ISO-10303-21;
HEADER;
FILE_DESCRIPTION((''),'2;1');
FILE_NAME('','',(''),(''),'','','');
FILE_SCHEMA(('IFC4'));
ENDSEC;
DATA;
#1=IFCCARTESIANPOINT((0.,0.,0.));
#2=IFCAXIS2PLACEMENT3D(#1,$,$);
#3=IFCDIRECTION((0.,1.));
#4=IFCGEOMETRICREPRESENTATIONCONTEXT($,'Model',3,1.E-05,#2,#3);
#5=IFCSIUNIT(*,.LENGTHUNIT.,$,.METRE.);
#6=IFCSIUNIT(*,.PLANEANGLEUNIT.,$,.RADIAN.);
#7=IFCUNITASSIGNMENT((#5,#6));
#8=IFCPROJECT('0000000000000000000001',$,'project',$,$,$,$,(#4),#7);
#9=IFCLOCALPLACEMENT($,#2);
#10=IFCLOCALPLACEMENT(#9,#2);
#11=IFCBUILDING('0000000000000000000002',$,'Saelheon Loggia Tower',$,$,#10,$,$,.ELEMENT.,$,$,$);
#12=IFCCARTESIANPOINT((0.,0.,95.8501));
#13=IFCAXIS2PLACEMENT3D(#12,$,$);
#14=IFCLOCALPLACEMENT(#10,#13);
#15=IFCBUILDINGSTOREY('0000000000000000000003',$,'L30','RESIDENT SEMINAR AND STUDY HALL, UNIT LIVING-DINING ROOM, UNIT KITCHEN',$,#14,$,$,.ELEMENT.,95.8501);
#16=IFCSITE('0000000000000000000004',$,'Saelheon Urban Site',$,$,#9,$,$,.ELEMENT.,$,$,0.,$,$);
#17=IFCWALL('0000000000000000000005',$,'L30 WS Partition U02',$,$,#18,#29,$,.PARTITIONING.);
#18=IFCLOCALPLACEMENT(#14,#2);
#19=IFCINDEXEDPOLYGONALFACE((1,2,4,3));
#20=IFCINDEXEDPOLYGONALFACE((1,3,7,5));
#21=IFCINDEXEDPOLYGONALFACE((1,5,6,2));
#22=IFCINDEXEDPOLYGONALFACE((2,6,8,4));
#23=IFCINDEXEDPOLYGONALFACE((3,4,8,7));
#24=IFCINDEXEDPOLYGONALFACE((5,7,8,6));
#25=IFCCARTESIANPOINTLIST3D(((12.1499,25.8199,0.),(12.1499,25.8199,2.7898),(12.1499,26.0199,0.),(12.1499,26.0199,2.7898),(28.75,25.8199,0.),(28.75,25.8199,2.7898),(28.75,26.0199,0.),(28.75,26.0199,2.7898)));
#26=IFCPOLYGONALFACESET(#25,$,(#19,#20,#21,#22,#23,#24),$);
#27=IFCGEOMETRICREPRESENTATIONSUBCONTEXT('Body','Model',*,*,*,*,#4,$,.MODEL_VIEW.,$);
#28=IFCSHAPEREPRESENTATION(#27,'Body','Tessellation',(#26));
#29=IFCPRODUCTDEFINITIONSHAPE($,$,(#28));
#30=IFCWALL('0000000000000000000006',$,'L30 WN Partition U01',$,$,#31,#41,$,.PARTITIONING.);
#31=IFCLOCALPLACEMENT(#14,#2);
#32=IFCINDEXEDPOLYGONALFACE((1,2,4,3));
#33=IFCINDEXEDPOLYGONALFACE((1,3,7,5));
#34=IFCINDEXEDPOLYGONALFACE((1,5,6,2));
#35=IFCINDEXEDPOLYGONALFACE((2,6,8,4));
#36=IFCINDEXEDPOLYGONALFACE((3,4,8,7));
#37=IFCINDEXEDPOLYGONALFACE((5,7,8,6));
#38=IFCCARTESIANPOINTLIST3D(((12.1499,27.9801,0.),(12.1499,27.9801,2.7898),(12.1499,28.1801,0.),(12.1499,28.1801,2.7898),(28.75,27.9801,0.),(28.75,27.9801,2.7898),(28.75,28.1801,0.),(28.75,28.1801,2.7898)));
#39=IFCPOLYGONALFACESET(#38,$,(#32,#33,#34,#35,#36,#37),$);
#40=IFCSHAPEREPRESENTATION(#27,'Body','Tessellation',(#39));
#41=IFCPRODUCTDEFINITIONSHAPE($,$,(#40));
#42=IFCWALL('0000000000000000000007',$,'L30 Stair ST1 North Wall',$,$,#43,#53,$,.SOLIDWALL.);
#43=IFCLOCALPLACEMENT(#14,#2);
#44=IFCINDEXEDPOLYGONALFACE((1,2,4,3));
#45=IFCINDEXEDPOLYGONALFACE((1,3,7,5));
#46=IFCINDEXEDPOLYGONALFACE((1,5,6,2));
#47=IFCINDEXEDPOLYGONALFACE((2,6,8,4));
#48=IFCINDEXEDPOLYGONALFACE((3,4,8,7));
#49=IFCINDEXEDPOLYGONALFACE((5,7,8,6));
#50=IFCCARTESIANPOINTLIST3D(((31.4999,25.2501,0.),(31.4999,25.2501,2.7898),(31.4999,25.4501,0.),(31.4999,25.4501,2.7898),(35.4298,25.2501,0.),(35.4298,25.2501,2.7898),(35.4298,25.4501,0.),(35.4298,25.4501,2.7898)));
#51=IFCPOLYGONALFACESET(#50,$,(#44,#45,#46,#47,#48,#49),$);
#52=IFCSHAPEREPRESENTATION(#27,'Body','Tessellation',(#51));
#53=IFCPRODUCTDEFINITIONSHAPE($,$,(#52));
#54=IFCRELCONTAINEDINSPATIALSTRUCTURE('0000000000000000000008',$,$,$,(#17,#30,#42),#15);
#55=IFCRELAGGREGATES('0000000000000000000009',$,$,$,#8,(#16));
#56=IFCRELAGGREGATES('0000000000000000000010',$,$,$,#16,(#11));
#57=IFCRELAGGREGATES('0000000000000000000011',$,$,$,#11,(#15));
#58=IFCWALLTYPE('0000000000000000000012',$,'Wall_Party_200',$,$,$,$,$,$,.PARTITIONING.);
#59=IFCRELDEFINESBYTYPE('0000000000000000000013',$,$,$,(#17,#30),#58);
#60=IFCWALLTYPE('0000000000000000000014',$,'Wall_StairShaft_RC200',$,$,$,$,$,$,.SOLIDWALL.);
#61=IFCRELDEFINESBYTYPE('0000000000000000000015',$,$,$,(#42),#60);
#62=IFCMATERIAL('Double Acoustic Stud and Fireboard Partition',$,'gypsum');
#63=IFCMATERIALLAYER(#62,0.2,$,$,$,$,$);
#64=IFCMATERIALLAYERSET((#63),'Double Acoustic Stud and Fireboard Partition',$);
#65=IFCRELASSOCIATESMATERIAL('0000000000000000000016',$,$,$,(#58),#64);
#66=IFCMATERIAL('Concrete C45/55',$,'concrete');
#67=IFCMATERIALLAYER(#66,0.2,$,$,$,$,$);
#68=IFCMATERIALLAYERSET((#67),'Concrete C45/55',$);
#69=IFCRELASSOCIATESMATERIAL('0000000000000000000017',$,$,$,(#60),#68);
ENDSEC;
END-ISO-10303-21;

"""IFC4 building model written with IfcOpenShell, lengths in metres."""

from ifc_helpers import new_model, si_unit, direction, frame, frame_2d, origin, place, context, subcontext, project, spatial, rectangle, extrude, material, layer, layer_set, type_object, element, save


model = new_model("IFC4")

# Units and contexts
model_context = context("Model", 3, precision=1e-05, world=origin(), true_north=direction((0.0, 1.0)))
body_context = subcontext(model_context, "Body", "Model", "MODEL_VIEW")
ifc_project = project(units=[si_unit("LENGTHUNIT", "METRE"), si_unit("PLANEANGLEUNIT", "RADIAN")], contexts=[model_context])

# Site, building, storey
site_placement = place(None, origin())
site = spatial("IfcSite", under=ifc_project, at=site_placement, Name="Saelheon Urban Site", CompositionType="ELEMENT", RefElevation=0.0)
building_placement = place(site_placement, origin())
building = spatial("IfcBuilding", under=site, at=building_placement, Name="Saelheon Loggia Tower", CompositionType="ELEMENT")
storey_placement = place(building_placement, frame((0.0, 0.0, 95.8501)))
storey = spatial("IfcBuildingStorey", under=building, at=storey_placement, Name="L30", Description="RESIDENT SEMINAR AND STUDY HALL, UNIT LIVING-DINING ROOM, UNIT KITCHEN", CompositionType="ELEMENT", Elevation=95.8501)

# Walls
ifc_material_1 = material(Name="Double Acoustic Stud and Fireboard Partition", Category="gypsum")
ifc_layer_1 = layer(ifc_material_1, 0.2)
ifc_layer_set_1 = layer_set([ifc_layer_1], Name="Double Acoustic Stud and Fireboard Partition")
wall_type_1 = type_object("IfcWallType", Name="Wall_Party_200", PredefinedType="PARTITIONING", material=ifc_layer_set_1)
for number, where, z_axis, x_axis, name in (
    (1, (28.75, 25.9199, 0.0), (0.0, 0.0, 1.0), (-1.0, 0.0, 0.0), "L30 WS Partition U02"),
    (2, (28.75, 28.0801, 0.0), (0.0, 0.0, 1.0), (-1.0, 0.0, 0.0), "L30 WN Partition U01"),
):
    element("IfcWall", number, at=place(storey_placement, frame(where, z_axis=z_axis, x_axis=x_axis)), inside=storey, type_object=wall_type_1, Name=name, PredefinedType="PARTITIONING", context=body_context, shape_type="SweptSolid", body=[
        extrude(rectangle(XDim=16.6001, YDim=0.2, at=frame_2d((8.3, 0.0))), origin(), (0.0, 0.0, 1.0), 2.7898),
    ])
ifc_material_2 = material(Name="Concrete C45/55", Category="concrete")
ifc_layer_2 = layer(ifc_material_2, 0.2)
ifc_layer_set_2 = layer_set([ifc_layer_2], Name="Concrete C45/55")
wall_type_2 = type_object("IfcWallType", Name="Wall_StairShaft_RC200", PredefinedType="SOLIDWALL", material=ifc_layer_set_2)
wall_1_placement = place(storey_placement, frame((31.5, 25.3501, 0.0), z_axis=(0.0, 0.0, 1.0), x_axis=(1.0, 0.0, 0.0)))
element("IfcWall", 3, at=wall_1_placement, inside=storey, type_object=wall_type_2, Name="L30 Stair ST1 North Wall", PredefinedType="SOLIDWALL", context=body_context, shape_type="SweptSolid", body=[
    extrude(rectangle(XDim=3.9299, YDim=0.2, at=frame_2d((1.9648, 0.0))), origin(), (0.0, 0.0, 1.0), 2.7898),
])

save(model, "model.ifc")
